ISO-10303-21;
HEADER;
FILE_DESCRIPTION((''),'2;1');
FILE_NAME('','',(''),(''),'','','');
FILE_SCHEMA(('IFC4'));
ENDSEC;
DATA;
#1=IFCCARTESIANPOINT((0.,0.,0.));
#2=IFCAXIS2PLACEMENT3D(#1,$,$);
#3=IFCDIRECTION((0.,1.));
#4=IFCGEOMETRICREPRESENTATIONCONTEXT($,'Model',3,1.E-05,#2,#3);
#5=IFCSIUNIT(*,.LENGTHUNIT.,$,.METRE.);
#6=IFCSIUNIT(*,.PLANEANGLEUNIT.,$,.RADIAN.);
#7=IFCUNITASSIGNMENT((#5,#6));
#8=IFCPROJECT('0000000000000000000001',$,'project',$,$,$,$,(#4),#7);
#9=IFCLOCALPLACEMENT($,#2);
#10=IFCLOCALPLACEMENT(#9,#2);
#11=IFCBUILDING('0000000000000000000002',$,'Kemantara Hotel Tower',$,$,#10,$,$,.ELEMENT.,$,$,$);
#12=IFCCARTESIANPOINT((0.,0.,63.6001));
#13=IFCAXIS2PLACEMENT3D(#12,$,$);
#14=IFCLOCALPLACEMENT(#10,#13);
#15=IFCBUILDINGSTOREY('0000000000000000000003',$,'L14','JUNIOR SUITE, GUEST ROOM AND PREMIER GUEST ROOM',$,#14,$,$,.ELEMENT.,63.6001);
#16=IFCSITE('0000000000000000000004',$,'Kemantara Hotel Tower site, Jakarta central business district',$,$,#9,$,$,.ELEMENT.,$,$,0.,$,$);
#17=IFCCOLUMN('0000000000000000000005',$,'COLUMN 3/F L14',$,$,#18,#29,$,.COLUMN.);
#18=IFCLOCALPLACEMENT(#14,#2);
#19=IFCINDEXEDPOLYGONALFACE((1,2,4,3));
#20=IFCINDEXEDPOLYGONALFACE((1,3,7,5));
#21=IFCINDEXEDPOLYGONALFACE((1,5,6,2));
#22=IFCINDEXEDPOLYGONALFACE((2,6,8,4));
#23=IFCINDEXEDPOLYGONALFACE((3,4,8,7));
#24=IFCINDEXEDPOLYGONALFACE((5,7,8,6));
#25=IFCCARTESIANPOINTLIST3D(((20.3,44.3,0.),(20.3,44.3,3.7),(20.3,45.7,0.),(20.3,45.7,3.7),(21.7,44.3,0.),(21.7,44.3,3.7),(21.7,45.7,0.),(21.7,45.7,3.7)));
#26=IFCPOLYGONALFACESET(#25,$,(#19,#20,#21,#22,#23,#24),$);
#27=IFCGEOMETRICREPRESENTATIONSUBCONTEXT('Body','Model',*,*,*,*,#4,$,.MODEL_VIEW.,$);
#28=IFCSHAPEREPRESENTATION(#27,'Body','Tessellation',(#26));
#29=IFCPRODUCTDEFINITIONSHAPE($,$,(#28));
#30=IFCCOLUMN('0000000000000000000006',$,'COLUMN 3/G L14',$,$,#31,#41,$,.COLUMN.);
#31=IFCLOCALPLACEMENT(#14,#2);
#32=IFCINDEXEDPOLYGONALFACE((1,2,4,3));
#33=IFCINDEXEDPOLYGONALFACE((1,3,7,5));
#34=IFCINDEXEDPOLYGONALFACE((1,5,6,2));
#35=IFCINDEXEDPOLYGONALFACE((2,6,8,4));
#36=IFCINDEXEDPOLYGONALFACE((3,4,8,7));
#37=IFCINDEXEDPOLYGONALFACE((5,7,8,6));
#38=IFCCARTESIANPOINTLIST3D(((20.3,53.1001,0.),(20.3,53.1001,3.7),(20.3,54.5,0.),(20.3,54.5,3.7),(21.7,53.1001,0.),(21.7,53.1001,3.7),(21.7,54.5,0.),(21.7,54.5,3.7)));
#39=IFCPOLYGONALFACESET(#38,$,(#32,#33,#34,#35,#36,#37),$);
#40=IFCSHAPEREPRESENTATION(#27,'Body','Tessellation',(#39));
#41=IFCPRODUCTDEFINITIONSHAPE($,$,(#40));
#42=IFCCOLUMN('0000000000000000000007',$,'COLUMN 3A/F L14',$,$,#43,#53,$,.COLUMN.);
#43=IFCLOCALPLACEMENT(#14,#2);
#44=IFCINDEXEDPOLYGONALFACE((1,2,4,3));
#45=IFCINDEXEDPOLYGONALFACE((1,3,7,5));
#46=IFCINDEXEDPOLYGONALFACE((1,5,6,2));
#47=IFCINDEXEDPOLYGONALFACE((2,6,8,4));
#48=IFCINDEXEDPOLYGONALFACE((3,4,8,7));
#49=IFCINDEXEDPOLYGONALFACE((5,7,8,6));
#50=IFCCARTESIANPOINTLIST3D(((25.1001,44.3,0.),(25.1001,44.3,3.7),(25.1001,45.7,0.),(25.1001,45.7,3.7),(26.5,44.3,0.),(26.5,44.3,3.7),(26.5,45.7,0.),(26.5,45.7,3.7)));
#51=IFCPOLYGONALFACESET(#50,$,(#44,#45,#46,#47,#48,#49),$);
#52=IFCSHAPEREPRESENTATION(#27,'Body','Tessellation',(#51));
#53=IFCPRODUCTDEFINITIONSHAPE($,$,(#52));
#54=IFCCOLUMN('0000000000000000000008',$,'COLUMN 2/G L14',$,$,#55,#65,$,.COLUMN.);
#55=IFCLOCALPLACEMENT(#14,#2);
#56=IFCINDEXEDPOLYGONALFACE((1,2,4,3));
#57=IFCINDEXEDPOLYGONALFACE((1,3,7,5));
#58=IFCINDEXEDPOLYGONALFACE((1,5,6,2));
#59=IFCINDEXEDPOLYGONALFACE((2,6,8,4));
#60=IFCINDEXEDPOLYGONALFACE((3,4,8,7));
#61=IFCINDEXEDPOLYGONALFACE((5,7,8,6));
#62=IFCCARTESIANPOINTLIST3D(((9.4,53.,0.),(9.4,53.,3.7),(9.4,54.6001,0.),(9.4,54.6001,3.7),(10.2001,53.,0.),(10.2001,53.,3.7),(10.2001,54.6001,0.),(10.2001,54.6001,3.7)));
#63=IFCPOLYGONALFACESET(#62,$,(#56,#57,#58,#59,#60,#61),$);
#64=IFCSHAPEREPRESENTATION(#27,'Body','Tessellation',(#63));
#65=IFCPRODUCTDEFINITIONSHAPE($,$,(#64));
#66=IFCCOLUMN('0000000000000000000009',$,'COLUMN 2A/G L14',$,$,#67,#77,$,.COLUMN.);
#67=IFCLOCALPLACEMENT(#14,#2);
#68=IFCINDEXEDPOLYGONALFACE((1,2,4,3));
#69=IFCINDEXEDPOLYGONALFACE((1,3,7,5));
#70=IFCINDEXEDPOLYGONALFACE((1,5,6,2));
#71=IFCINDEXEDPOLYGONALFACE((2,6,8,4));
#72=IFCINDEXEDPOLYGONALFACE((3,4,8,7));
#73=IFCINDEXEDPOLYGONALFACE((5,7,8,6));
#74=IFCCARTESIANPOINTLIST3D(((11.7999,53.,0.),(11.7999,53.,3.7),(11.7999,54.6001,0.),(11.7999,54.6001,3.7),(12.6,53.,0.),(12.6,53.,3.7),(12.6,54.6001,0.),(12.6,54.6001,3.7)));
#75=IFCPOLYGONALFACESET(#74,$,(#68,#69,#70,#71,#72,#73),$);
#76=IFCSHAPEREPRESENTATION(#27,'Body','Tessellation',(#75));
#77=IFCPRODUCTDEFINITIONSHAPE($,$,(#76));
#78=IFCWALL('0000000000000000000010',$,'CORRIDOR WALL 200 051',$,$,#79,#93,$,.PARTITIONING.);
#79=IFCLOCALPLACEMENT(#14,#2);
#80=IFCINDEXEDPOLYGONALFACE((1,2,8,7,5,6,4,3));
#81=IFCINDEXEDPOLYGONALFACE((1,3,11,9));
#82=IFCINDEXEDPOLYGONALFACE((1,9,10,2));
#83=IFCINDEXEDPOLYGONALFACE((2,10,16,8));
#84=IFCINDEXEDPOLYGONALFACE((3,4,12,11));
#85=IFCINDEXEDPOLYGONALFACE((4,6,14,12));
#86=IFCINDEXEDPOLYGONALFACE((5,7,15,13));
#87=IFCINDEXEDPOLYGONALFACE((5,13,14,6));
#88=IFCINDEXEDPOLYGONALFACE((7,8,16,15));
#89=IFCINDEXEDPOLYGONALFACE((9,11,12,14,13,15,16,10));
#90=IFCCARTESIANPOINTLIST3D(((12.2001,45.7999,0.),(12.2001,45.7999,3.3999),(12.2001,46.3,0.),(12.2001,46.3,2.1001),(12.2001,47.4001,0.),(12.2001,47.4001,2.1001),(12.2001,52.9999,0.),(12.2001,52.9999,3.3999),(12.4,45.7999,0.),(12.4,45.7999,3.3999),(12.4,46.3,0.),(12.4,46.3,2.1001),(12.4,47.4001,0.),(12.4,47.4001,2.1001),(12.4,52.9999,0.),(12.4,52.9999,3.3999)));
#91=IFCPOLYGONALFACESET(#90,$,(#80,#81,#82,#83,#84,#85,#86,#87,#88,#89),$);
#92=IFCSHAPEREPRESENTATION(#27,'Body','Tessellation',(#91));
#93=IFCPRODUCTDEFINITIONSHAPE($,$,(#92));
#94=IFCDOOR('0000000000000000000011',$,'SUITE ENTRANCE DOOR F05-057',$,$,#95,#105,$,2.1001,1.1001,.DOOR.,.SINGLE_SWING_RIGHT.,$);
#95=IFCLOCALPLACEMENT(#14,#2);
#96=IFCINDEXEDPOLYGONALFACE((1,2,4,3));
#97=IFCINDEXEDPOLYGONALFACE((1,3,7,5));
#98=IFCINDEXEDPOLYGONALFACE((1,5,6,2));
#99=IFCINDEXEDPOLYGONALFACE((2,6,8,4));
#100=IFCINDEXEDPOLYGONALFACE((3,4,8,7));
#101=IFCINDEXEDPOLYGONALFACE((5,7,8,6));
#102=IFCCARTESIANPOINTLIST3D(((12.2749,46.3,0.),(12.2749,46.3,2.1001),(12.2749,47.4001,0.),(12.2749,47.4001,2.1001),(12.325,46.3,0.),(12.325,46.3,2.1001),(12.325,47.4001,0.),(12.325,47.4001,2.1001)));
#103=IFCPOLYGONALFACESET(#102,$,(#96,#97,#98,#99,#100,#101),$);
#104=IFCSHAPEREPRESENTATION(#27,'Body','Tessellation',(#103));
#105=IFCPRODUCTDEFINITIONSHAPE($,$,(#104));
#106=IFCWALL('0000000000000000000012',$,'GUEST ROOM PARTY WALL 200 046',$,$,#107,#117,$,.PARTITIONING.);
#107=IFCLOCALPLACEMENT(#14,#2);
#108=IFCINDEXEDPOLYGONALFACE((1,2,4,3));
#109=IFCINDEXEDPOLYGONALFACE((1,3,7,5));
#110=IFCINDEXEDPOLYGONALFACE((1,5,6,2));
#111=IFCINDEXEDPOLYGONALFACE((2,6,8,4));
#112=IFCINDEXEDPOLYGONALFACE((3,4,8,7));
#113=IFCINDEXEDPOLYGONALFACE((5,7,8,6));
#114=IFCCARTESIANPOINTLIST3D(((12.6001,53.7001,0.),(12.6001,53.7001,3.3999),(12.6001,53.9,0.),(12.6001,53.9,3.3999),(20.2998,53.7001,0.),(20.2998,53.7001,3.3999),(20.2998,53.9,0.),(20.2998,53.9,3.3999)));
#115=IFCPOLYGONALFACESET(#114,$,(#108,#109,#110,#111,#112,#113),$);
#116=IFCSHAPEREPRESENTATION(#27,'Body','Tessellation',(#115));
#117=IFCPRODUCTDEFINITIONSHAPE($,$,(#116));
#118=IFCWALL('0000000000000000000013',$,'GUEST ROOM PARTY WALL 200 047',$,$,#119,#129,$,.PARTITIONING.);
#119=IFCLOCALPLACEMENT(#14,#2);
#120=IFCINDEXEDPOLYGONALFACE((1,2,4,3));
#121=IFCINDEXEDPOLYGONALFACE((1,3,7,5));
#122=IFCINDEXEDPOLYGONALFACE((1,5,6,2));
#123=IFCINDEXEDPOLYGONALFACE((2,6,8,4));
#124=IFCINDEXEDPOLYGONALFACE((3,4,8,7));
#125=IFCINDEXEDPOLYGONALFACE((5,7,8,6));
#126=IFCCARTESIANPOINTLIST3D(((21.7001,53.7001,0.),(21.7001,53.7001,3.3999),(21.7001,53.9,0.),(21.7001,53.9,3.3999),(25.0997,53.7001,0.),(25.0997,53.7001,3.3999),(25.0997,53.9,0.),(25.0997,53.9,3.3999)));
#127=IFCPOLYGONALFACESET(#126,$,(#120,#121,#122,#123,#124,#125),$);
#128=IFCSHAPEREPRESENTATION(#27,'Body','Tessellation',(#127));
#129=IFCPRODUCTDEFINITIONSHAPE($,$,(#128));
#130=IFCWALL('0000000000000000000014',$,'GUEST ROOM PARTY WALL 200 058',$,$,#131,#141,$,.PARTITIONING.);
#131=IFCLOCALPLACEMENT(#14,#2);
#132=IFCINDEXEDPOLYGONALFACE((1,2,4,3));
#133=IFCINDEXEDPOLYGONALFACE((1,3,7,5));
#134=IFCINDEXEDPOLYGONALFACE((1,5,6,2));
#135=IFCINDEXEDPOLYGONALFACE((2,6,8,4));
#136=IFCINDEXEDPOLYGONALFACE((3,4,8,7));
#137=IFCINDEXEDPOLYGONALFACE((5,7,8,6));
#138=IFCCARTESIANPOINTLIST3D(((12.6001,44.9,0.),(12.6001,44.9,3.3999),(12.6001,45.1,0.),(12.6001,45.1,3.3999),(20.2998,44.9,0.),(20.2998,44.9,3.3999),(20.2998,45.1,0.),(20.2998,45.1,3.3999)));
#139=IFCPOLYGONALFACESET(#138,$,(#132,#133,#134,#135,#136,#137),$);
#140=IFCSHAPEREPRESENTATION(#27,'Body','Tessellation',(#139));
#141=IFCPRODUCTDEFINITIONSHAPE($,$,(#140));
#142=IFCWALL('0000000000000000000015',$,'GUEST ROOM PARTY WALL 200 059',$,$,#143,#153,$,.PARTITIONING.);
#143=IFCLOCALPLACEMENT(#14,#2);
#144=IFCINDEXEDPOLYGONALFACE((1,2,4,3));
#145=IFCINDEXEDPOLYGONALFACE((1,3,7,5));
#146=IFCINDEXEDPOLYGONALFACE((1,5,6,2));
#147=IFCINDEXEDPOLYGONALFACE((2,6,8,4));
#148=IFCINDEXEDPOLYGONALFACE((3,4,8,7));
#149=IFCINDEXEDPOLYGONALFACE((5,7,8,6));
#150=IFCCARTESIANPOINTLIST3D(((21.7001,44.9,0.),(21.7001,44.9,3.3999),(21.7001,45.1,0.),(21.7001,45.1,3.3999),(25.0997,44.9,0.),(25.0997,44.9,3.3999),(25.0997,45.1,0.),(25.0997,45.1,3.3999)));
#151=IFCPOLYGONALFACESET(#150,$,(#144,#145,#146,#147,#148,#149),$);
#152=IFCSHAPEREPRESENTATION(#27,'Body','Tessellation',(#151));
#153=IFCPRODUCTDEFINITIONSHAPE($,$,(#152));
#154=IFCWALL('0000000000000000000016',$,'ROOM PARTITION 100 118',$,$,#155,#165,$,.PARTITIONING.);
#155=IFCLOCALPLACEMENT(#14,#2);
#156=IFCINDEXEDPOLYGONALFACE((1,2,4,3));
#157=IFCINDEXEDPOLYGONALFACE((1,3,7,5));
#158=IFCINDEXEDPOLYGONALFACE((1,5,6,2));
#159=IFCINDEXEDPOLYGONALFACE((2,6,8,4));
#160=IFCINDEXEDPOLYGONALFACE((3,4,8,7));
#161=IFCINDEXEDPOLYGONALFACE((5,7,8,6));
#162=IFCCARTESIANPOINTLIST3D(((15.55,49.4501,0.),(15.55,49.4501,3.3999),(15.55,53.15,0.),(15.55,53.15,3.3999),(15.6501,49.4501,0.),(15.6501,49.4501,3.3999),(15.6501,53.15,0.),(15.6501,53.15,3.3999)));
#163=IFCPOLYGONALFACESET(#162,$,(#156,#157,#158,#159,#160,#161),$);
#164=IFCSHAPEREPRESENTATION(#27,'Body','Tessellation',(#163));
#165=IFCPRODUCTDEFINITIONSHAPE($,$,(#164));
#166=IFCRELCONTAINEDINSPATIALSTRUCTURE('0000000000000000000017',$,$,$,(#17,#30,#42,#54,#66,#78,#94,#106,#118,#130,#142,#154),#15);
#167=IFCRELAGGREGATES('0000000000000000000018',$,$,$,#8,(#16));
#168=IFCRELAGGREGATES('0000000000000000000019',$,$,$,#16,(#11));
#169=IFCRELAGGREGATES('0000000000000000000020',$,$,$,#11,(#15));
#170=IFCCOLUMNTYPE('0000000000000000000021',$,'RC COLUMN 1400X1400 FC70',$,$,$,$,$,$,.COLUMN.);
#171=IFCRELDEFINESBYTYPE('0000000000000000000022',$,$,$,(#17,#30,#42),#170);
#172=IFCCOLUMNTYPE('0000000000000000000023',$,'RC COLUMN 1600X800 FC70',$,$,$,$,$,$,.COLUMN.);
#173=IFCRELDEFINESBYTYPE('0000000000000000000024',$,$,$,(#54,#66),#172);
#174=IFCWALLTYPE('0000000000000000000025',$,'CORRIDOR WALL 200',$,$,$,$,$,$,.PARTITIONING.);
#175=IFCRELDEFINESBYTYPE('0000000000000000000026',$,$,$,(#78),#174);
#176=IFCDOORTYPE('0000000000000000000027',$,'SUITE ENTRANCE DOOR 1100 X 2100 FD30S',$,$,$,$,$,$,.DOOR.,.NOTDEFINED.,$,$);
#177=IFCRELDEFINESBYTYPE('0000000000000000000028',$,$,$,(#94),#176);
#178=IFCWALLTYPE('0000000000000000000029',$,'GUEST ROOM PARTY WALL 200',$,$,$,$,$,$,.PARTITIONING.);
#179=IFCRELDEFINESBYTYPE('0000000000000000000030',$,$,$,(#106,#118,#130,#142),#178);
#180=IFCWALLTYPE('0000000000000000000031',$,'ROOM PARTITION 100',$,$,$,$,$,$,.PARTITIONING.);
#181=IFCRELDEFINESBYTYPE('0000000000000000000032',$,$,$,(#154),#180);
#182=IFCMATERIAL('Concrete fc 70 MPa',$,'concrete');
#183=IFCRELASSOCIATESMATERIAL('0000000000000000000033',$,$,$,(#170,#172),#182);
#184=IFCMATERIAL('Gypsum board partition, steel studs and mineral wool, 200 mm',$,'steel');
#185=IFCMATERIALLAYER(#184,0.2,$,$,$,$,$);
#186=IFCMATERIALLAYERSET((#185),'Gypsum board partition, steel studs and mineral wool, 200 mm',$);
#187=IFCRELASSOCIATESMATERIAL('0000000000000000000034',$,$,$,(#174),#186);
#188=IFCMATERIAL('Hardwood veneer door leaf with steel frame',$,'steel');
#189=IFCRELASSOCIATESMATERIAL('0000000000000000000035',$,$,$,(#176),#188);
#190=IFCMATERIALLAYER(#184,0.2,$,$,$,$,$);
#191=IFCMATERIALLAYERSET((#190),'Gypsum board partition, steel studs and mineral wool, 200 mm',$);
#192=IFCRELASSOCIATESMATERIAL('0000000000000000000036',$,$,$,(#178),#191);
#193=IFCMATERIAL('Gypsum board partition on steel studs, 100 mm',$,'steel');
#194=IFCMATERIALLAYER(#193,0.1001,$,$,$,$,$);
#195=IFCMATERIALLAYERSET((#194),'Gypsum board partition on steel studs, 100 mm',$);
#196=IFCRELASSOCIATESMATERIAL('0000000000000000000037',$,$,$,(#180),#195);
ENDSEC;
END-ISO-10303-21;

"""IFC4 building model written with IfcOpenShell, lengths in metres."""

from ifc_helpers import new_model, si_unit, direction, frame, frame_2d, origin, origin_2d, place, context, subcontext, project, spatial, rectangle, extrude, material, layer, layer_set, material_profile, profile_set, type_object, element, fill, save


model = new_model("IFC4")

# Units and contexts
model_context = context("Model", 3, precision=1e-05, world=origin(), true_north=direction((0.0, 1.0)))
body_context = subcontext(model_context, "Body", "Model", "MODEL_VIEW")
ifc_project = project(units=[si_unit("LENGTHUNIT", "METRE"), si_unit("PLANEANGLEUNIT", "RADIAN")], contexts=[model_context])

# Site, building, storey
site_placement = place(None, origin())
site = spatial("IfcSite", under=ifc_project, at=site_placement, Name="Kemantara Hotel Tower site, Jakarta central business district", CompositionType="ELEMENT", RefElevation=0.0)
building_placement = place(site_placement, origin())
building = spatial("IfcBuilding", under=site, at=building_placement, Name="Kemantara Hotel Tower", CompositionType="ELEMENT")
storey_placement = place(building_placement, frame((0.0, 0.0, 63.6001)))
storey = spatial("IfcBuildingStorey", under=building, at=storey_placement, Name="L14", Description="JUNIOR SUITE, GUEST ROOM AND PREMIER GUEST ROOM", CompositionType="ELEMENT", Elevation=63.6001)

# Columns
ifc_material_1 = material(Name="Concrete fc 70 MPa", Category="concrete")
ifc_material_profile_1 = material_profile(ifc_material_1, rectangle(XDim=1.3999, YDim=1.3999, at=origin_2d()), Name="RC 1400X1400")
ifc_profile_set_1 = profile_set([ifc_material_profile_1], Name="Concrete fc 70 MPa")
column_type_1 = type_object("IfcColumnType", Name="RC COLUMN 1400X1400 FC70", PredefinedType="COLUMN", material=ifc_profile_set_1)
for number, where, z_axis, x_axis, name in (
    (1, (21.0, 45.0, 0.0), (0.0, 0.0, 1.0), (1.0, 0.0, 0.0), "COLUMN 3/F L14"),
    (2, (21.0, 53.8, 0.0), (0.0, 0.0, 1.0), (1.0, 0.0, 0.0), "COLUMN 3/G L14"),
    (3, (25.8, 45.0, 0.0), (0.0, 0.0, 1.0), (1.0, 0.0, 0.0), "COLUMN 3A/F L14"),
):
    element("IfcColumn", number, at=place(storey_placement, frame(where, z_axis=z_axis, x_axis=x_axis)), inside=storey, type_object=column_type_1, Name=name, PredefinedType="COLUMN", context=body_context, shape_type="SweptSolid", body=[
        extrude(rectangle(XDim=1.3999, YDim=1.3999, at=origin_2d()), origin(), (0.0, 0.0, 1.0), 3.7),
    ])
ifc_material_profile_2 = material_profile(ifc_material_1, rectangle(XDim=1.6001, YDim=0.8, at=origin_2d()), Name="RC 1600X800")
ifc_profile_set_2 = profile_set([ifc_material_profile_2], Name="Concrete fc 70 MPa")
column_type_2 = type_object("IfcColumnType", Name="RC COLUMN 1600X800 FC70", PredefinedType="COLUMN", material=ifc_profile_set_2)
for number, where, z_axis, x_axis, name in (
    (4, (9.8, 53.8, 0.0), (0.0, 0.0, 1.0), (0.0, 1.0, 0.0), "COLUMN 2/G L14"),
    (5, (12.2, 53.8, 0.0), (0.0, 0.0, 1.0), (0.0, 1.0, 0.0), "COLUMN 2A/G L14"),
):
    element("IfcColumn", number, at=place(storey_placement, frame(where, z_axis=z_axis, x_axis=x_axis)), inside=storey, type_object=column_type_2, Name=name, PredefinedType="COLUMN", context=body_context, shape_type="SweptSolid", body=[
        extrude(rectangle(XDim=1.6001, YDim=0.8, at=origin_2d()), origin(), (0.0, 0.0, 1.0), 3.7),
    ])

# Wall, opening, door
ifc_material_2 = material(Name="Gypsum board partition, steel studs and mineral wool, 200 mm", Category="steel")
ifc_layer_1 = layer(ifc_material_2, 0.2)
ifc_layer_set_1 = layer_set([ifc_layer_1], Name="Gypsum board partition, steel studs and mineral wool, 200 mm")
wall_type_1 = type_object("IfcWallType", Name="CORRIDOR WALL 200", PredefinedType="PARTITIONING", material=ifc_layer_set_1)
wall_1_placement = place(storey_placement, frame((12.3, 53.0, 0.0), z_axis=(0.0, 0.0, 1.0), x_axis=(0.0, -1.0, 0.0)))
wall_1 = element("IfcWall", 6, at=wall_1_placement, inside=storey, type_object=wall_type_1, Name="CORRIDOR WALL 200 051", PredefinedType="PARTITIONING", context=body_context, shape_type="SweptSolid", body=[
    extrude(rectangle(XDim=7.2, YDim=0.2, at=frame_2d((3.6001, 0.0))), origin(), (0.0, 0.0, 1.0), 3.3999),
])
opening_1_placement = place(wall_1_placement, frame((5.5999, 0.0, 0.0)))
opening_1 = element("IfcOpeningElement", 7, at=opening_1_placement, cuts=wall_1, PredefinedType="OPENING", context=body_context, shape_type="SweptSolid", body=[
    extrude(rectangle(XDim=1.1001, YDim=2.1001, at=frame_2d((0.55, 1.05))), frame((0.0, 0.1099, 0.0), z_axis=(0.0, -1.0, 0.0), x_axis=(1.0, 0.0, 0.0)), (0.0, 0.0, 1.0), 0.22),
])
ifc_material_3 = material(Name="Hardwood veneer door leaf with steel frame", Category="steel")
door_type_1 = type_object("IfcDoorType", Name="SUITE ENTRANCE DOOR 1100 X 2100 FD30S", OperationType="NOTDEFINED", PredefinedType="DOOR", material=ifc_material_3)
door_1_placement = place(opening_1_placement, origin())
door_1 = element("IfcDoor", 8, at=door_1_placement, inside=storey, type_object=door_type_1, Name="SUITE ENTRANCE DOOR F05-057", OperationType="SINGLE_SWING_RIGHT", OverallHeight=2.1001, OverallWidth=1.1001, PredefinedType="DOOR", context=body_context, shape_type="SweptSolid", body=[
    extrude(rectangle(XDim=1.1001, YDim=2.1001, at=frame_2d((0.55, 1.05))), frame((0.0, 0.0249, 0.0), z_axis=(0.0, -1.0, 0.0), x_axis=(1.0, 0.0, 0.0)), (0.0, 0.0, 1.0), 0.05),
])
fill(opening_1, door_1)

# Walls
ifc_layer_2 = layer(ifc_material_2, 0.2)
ifc_layer_set_2 = layer_set([ifc_layer_2], Name="Gypsum board partition, steel studs and mineral wool, 200 mm")
wall_type_2 = type_object("IfcWallType", Name="GUEST ROOM PARTY WALL 200", PredefinedType="PARTITIONING", material=ifc_layer_set_2)
wall_2_placement = place(storey_placement, frame((12.6001, 53.8, 0.0), z_axis=(0.0, 0.0, 1.0), x_axis=(1.0, 0.0, 0.0)))
element("IfcWall", 9, at=wall_2_placement, inside=storey, type_object=wall_type_2, Name="GUEST ROOM PARTY WALL 200 046", PredefinedType="PARTITIONING", context=body_context, shape_type="SweptSolid", body=[
    extrude(rectangle(XDim=7.6997, YDim=0.2, at=frame_2d((3.8499, 0.0))), origin(), (0.0, 0.0, 1.0), 3.3999),
])
wall_3_placement = place(storey_placement, frame((21.7002, 53.8, 0.0), z_axis=(0.0, 0.0, 1.0), x_axis=(1.0, 0.0, 0.0)))
element("IfcWall", 10, at=wall_3_placement, inside=storey, type_object=wall_type_2, Name="GUEST ROOM PARTY WALL 200 047", PredefinedType="PARTITIONING", context=body_context, shape_type="SweptSolid", body=[
    extrude(rectangle(XDim=3.3997, YDim=0.2, at=frame_2d((1.6997, 0.0))), origin(), (0.0, 0.0, 1.0), 3.3999),
])
wall_4_placement = place(storey_placement, frame((12.6001, 45.0, 0.0), z_axis=(0.0, 0.0, 1.0), x_axis=(1.0, 0.0, 0.0)))
element("IfcWall", 11, at=wall_4_placement, inside=storey, type_object=wall_type_2, Name="GUEST ROOM PARTY WALL 200 058", PredefinedType="PARTITIONING", context=body_context, shape_type="SweptSolid", body=[
    extrude(rectangle(XDim=7.6997, YDim=0.2, at=frame_2d((3.8499, 0.0))), origin(), (0.0, 0.0, 1.0), 3.3999),
])
wall_5_placement = place(storey_placement, frame((21.7002, 45.0, 0.0), z_axis=(0.0, 0.0, 1.0), x_axis=(1.0, 0.0, 0.0)))
element("IfcWall", 12, at=wall_5_placement, inside=storey, type_object=wall_type_2, Name="GUEST ROOM PARTY WALL 200 059", PredefinedType="PARTITIONING", context=body_context, shape_type="SweptSolid", body=[
    extrude(rectangle(XDim=3.3997, YDim=0.2, at=frame_2d((1.6997, 0.0))), origin(), (0.0, 0.0, 1.0), 3.3999),
])
ifc_material_4 = material(Name="Gypsum board partition on steel studs, 100 mm", Category="steel")
ifc_layer_3 = layer(ifc_material_4, 0.1001)
ifc_layer_set_3 = layer_set([ifc_layer_3], Name="Gypsum board partition on steel studs, 100 mm")
wall_type_3 = type_object("IfcWallType", Name="ROOM PARTITION 100", PredefinedType="PARTITIONING", material=ifc_layer_set_3)
wall_6_placement = place(storey_placement, frame((15.6001, 49.45, 0.0), z_axis=(0.0, 0.0, 1.0), x_axis=(0.0, 1.0, 0.0)))
element("IfcWall", 13, at=wall_6_placement, inside=storey, type_object=wall_type_3, Name="ROOM PARTITION 100 118", PredefinedType="PARTITIONING", context=body_context, shape_type="SweptSolid", body=[
    extrude(rectangle(XDim=3.7, YDim=0.1001, at=frame_2d((1.8501, 0.0))), origin(), (0.0, 0.0, 1.0), 3.3999),
])

save(model, "model.ifc")
